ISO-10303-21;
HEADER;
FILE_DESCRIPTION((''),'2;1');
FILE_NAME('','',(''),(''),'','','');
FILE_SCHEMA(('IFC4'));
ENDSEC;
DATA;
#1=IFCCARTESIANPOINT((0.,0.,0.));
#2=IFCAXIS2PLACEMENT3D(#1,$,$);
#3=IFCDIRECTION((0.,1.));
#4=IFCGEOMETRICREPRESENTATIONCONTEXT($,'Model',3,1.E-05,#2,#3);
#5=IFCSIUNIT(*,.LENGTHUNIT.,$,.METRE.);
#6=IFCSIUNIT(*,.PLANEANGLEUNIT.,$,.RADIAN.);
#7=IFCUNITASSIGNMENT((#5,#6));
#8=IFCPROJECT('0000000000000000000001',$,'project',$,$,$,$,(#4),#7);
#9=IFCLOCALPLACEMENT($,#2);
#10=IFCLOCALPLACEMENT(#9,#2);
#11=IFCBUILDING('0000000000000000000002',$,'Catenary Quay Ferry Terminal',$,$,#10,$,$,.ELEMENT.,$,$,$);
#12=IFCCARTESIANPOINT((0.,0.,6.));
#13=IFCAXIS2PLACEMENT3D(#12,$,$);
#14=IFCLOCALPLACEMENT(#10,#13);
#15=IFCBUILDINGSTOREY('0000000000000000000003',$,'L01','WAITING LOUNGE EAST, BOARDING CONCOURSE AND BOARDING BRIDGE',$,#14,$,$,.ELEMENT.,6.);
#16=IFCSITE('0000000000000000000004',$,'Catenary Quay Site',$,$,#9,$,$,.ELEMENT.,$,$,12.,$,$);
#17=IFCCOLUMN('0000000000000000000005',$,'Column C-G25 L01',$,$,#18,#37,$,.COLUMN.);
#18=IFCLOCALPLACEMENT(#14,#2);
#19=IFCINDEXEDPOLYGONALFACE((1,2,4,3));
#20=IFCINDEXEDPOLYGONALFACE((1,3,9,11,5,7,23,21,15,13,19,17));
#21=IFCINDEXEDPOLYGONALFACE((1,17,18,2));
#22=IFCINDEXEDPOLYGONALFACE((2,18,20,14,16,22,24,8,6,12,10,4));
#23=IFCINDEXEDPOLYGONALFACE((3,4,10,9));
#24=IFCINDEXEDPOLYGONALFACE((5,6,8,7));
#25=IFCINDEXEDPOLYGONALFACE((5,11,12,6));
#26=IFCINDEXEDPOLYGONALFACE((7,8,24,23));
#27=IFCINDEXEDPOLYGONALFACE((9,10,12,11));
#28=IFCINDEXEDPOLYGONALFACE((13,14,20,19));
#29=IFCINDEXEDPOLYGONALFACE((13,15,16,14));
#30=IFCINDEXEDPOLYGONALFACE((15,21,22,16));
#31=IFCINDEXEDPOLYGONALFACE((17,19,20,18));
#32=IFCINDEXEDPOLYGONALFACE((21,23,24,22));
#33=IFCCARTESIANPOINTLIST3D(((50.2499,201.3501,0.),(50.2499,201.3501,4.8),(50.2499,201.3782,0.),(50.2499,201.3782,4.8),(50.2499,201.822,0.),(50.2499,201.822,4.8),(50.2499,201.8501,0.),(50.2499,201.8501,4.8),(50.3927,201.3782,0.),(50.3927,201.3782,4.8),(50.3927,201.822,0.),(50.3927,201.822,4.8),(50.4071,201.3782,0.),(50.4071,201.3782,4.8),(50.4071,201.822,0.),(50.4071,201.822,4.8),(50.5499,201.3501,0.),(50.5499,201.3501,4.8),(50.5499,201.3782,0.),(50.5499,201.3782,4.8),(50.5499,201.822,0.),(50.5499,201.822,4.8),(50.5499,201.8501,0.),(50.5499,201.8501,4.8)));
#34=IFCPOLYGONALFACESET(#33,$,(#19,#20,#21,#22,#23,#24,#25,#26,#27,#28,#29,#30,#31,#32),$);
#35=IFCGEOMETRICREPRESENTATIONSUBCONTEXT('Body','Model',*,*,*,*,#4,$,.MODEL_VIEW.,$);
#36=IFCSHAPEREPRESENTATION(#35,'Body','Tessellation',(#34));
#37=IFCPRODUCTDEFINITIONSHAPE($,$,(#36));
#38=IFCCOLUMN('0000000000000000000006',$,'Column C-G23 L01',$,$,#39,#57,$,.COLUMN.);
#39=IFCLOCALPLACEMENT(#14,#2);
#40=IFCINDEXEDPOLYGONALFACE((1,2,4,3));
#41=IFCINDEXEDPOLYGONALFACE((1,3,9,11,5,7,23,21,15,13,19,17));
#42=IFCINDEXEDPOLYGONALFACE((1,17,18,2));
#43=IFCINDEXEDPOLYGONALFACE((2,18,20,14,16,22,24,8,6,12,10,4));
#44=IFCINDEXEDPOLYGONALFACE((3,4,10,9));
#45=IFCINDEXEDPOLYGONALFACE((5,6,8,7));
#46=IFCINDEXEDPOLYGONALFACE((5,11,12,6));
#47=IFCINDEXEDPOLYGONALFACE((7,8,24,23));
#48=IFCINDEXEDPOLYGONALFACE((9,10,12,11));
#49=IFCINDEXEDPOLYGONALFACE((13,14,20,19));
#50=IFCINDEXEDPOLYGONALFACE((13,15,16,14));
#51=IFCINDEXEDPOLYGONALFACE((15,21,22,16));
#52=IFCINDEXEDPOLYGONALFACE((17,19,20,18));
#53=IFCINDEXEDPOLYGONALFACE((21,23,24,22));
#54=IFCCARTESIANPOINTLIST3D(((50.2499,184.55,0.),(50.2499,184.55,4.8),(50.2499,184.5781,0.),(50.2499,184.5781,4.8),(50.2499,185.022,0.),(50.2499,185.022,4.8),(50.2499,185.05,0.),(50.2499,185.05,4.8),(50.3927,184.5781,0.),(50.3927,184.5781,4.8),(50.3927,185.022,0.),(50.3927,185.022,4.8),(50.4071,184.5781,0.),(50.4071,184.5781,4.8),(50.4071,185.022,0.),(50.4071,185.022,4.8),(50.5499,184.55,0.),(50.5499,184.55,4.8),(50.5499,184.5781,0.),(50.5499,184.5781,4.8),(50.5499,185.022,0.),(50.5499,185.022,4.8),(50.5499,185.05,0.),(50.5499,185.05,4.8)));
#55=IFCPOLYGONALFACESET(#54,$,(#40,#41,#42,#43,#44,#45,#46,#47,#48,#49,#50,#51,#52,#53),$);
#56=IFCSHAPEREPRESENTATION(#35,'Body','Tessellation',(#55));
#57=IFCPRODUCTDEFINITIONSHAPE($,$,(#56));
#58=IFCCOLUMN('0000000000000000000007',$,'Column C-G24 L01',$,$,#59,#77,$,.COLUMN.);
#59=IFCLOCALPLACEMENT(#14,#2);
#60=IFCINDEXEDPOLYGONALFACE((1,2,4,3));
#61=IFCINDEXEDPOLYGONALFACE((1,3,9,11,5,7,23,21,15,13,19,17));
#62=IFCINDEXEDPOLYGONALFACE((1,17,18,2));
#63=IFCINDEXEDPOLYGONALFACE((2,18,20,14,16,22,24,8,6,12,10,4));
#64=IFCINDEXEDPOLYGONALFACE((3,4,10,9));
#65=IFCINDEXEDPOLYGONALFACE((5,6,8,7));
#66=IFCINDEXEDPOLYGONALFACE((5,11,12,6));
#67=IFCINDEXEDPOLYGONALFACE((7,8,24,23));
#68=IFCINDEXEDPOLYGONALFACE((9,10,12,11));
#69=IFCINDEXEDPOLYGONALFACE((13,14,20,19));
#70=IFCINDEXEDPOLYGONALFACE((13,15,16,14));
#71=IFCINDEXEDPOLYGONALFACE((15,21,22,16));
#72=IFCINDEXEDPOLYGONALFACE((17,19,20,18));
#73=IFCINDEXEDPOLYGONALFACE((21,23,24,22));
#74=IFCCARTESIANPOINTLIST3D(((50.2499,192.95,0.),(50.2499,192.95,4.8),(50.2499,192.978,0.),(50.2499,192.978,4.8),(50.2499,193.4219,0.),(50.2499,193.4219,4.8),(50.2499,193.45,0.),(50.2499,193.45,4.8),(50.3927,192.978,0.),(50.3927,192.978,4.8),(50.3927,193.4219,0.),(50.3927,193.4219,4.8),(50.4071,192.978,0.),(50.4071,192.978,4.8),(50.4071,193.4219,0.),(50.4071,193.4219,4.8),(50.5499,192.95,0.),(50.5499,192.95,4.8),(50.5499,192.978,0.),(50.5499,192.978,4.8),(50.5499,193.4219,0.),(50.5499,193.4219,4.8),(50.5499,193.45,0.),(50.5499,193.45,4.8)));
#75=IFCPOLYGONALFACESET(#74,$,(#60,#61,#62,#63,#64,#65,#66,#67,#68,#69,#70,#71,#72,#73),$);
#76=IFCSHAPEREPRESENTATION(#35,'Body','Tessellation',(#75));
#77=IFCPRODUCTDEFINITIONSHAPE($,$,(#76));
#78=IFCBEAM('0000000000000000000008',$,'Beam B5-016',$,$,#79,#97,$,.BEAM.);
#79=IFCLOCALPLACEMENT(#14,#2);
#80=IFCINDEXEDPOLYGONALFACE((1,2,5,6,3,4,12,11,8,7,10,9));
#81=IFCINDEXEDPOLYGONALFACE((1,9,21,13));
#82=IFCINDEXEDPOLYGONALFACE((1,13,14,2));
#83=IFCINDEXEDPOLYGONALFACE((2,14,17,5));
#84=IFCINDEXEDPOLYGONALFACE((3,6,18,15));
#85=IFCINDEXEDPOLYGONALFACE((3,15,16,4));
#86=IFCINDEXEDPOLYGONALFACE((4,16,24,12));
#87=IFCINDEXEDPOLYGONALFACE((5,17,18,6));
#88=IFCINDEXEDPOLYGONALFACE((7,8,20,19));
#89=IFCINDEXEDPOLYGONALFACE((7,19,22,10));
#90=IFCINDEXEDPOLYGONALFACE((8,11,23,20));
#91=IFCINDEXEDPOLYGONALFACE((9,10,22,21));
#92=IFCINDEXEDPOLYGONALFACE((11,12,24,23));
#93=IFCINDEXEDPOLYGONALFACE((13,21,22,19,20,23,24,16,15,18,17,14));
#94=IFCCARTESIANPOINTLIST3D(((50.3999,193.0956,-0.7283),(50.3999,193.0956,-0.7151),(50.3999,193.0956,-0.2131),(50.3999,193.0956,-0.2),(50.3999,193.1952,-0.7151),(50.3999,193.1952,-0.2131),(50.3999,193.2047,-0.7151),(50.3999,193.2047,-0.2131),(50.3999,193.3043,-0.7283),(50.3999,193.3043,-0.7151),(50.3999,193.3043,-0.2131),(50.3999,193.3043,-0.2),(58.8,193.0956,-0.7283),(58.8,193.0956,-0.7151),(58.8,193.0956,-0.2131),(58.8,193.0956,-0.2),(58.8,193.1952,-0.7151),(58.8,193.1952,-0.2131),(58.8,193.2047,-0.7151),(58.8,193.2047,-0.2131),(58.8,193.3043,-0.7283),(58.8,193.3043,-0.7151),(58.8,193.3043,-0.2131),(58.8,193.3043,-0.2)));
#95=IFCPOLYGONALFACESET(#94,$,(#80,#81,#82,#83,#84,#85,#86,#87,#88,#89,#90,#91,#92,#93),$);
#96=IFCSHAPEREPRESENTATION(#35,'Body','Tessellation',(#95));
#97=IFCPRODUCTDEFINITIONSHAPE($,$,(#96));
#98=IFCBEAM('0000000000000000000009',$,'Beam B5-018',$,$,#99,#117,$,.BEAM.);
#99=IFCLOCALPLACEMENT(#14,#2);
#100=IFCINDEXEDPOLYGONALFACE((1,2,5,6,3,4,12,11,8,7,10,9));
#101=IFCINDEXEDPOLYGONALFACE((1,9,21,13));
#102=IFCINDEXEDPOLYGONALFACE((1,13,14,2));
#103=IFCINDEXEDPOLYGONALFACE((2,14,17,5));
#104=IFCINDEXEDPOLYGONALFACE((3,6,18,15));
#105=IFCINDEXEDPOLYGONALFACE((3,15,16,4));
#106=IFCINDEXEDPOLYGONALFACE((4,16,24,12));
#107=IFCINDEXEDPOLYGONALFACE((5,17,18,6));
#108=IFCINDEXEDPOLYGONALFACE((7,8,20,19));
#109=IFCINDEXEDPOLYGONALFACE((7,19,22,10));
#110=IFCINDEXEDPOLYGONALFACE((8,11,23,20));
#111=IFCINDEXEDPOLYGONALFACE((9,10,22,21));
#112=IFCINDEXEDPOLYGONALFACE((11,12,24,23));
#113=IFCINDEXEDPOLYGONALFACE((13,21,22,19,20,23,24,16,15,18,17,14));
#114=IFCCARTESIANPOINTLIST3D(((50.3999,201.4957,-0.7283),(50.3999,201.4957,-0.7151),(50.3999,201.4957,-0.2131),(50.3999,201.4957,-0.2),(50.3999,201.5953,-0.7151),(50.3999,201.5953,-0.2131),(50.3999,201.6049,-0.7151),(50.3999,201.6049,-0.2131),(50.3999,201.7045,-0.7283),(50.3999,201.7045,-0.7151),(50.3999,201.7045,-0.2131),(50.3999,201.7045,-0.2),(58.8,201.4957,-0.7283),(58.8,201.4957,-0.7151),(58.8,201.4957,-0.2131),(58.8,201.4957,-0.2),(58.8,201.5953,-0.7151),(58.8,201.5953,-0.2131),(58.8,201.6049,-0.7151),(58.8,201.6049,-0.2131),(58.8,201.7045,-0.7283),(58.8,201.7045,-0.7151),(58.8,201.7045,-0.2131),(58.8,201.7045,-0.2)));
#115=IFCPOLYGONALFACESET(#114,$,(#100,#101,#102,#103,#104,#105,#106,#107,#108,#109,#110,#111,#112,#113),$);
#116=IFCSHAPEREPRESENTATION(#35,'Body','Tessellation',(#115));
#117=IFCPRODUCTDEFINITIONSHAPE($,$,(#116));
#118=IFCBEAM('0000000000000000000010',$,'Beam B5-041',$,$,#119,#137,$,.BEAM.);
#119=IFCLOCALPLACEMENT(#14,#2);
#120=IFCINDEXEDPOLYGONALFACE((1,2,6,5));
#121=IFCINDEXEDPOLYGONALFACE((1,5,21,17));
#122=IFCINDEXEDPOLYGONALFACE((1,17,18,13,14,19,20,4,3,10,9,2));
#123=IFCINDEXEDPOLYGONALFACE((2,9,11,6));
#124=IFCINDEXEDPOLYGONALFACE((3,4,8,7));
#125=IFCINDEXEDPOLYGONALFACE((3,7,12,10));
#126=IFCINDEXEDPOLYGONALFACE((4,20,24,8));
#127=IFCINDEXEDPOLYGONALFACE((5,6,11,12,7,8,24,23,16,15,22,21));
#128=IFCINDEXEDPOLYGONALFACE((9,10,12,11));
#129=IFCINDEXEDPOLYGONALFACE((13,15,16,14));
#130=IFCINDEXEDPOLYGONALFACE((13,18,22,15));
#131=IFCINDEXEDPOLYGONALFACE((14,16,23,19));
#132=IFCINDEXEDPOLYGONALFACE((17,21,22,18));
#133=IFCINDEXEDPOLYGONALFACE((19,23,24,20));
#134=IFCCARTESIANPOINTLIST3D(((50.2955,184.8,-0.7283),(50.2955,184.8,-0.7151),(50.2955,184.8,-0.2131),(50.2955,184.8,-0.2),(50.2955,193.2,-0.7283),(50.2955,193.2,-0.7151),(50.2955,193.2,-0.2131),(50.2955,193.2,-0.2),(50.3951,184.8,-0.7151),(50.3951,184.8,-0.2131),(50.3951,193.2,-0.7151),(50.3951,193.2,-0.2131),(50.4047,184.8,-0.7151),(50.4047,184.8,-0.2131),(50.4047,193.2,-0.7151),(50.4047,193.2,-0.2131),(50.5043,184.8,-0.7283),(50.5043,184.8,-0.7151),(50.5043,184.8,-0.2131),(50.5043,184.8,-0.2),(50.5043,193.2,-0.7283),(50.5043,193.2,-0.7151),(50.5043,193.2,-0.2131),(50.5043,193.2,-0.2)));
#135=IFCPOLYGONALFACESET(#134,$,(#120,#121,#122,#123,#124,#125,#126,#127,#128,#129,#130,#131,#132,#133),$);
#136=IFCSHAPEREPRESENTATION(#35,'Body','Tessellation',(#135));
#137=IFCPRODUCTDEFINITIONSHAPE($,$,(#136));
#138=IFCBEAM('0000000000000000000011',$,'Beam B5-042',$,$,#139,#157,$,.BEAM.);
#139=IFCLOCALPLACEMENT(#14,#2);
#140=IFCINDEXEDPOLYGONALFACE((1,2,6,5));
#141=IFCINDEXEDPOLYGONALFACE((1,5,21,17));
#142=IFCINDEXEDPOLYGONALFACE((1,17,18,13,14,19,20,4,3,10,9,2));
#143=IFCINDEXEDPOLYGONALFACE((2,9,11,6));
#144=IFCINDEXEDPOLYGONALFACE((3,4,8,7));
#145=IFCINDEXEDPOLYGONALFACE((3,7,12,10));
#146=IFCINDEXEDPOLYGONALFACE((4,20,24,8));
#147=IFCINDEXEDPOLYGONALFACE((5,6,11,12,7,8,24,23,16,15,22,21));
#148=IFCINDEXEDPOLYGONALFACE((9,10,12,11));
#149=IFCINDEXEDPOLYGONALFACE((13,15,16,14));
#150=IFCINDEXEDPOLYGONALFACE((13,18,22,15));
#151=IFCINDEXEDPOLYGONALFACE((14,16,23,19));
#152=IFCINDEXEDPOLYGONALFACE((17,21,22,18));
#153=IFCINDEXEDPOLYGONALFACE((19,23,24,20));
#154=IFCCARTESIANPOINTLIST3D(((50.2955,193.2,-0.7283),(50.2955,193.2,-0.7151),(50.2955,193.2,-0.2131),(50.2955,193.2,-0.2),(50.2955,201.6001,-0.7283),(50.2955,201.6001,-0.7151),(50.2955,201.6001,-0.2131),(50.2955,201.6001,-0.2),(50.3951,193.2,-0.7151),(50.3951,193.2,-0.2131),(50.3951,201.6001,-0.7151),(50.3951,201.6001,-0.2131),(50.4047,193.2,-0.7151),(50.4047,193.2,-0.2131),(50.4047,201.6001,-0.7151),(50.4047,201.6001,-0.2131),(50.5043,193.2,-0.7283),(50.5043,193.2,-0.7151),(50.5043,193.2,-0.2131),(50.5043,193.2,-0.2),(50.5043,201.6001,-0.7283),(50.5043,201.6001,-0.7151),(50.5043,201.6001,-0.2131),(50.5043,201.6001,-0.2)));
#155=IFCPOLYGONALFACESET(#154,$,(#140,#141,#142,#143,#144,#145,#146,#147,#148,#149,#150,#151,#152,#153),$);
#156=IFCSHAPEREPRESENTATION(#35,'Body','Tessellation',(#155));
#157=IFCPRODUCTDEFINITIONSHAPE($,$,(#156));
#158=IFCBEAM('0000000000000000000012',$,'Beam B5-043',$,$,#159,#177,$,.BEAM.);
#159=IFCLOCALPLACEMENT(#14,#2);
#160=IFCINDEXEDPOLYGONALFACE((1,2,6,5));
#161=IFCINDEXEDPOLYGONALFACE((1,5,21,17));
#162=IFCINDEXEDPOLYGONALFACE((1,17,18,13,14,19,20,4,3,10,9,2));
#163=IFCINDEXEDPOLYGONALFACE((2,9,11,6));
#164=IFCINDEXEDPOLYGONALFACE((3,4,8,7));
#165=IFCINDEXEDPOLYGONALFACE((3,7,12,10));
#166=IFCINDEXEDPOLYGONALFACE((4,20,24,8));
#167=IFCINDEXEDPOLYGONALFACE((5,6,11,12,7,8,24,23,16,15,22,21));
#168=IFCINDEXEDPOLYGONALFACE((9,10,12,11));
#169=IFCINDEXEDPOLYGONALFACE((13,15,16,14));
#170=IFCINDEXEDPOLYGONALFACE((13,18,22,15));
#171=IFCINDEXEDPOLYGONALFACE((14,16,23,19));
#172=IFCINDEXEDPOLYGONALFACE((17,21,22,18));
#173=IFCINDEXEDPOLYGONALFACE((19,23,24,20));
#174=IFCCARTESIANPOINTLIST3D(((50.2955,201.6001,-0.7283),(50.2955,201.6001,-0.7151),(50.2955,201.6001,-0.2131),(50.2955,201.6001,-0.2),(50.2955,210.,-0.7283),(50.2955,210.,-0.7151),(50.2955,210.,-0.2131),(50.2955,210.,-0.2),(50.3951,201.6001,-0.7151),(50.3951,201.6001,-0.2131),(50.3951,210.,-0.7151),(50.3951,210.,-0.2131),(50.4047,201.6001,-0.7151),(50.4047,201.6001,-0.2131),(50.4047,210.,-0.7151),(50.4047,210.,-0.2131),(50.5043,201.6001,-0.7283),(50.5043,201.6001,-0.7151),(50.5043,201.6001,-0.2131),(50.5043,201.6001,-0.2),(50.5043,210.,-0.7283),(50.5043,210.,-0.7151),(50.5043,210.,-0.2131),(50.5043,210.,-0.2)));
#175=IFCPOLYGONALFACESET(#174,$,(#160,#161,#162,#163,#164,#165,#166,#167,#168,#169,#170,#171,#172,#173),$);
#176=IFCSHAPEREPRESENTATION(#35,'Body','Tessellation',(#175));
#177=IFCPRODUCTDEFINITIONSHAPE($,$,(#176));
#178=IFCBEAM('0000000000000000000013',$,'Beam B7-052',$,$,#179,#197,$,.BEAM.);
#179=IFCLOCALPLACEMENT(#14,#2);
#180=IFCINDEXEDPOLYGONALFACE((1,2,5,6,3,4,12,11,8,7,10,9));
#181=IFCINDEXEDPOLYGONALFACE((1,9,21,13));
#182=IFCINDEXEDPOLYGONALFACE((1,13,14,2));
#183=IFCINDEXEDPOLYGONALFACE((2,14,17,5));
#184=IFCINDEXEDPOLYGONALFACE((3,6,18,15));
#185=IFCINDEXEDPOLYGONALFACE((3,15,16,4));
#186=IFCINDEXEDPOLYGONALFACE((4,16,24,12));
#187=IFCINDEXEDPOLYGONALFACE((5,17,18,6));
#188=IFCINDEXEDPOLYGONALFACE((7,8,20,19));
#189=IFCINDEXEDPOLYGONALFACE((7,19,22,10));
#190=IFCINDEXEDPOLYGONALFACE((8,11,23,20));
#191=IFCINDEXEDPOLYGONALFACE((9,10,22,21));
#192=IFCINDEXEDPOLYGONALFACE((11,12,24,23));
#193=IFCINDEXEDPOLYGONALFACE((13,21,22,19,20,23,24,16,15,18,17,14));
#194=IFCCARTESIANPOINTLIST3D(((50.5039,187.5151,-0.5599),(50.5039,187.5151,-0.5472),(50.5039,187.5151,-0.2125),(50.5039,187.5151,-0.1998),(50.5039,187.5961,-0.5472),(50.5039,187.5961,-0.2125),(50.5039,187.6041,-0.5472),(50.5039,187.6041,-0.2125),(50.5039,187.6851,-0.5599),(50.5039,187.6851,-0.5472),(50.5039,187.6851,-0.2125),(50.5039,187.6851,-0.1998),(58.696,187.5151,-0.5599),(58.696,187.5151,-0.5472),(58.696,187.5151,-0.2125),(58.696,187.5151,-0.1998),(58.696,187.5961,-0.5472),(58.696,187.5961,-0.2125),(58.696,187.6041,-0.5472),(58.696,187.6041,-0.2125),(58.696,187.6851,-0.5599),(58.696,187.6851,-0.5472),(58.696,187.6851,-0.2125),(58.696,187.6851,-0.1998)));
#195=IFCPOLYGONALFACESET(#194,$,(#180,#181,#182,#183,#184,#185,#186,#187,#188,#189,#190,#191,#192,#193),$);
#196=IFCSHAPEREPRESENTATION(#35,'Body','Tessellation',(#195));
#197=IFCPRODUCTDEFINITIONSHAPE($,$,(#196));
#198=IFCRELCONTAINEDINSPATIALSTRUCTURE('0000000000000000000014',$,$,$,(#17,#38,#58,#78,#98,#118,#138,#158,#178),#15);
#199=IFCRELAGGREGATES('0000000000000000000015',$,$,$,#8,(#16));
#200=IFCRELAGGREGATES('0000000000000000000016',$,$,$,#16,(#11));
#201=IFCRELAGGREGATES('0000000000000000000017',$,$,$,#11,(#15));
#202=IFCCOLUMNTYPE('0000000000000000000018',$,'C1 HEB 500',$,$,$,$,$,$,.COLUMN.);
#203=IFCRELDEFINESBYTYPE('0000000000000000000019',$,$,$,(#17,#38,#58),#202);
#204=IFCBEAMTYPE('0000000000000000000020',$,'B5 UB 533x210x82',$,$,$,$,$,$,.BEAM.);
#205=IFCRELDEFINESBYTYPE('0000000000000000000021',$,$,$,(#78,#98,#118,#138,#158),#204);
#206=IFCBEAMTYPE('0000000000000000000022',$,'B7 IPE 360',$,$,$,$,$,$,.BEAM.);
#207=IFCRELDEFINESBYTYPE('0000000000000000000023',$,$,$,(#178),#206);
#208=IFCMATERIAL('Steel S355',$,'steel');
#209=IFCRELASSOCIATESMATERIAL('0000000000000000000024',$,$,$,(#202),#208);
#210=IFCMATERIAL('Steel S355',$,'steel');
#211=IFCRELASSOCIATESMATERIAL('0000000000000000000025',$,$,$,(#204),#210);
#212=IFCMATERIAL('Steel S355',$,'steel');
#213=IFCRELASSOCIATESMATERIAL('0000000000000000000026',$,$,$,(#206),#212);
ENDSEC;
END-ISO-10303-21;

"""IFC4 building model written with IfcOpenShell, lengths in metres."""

from ifc_helpers import new_model, si_unit, direction, frame, origin, origin_2d, place, context, subcontext, project, spatial, i_section, extrude, material, material_profile, profile_set, type_object, element, save


model = new_model("IFC4")

# Units and contexts
model_context = context("Model", 3, precision=1e-05, world=origin(), true_north=direction((0.0, 1.0)))
body_context = subcontext(model_context, "Body", "Model", "MODEL_VIEW")
ifc_project = project(units=[si_unit("LENGTHUNIT", "METRE"), si_unit("PLANEANGLEUNIT", "RADIAN")], contexts=[model_context])

# Site, building, storey
site_placement = place(None, origin())
site = spatial("IfcSite", under=ifc_project, at=site_placement, Name="Catenary Quay Site", CompositionType="ELEMENT", RefElevation=12.0)
building_placement = place(site_placement, origin())
building = spatial("IfcBuilding", under=site, at=building_placement, Name="Catenary Quay Ferry Terminal", CompositionType="ELEMENT")
storey_placement = place(building_placement, frame((0.0, 0.0, 6.0)))
storey = spatial("IfcBuildingStorey", under=building, at=storey_placement, Name="L01", Description="WAITING LOUNGE EAST, BOARDING CONCOURSE AND BOARDING BRIDGE", CompositionType="ELEMENT", Elevation=6.0)

# Columns
ifc_material_1 = material(Name="Steel S355", Category="steel")
ifc_material_profile_1 = material_profile(ifc_material_1, i_section(OverallWidth=0.3, OverallDepth=0.5, WebThickness=0.0144, FlangeThickness=0.0281, at=origin_2d()), Name="HEB 500")
ifc_profile_set_1 = profile_set([ifc_material_profile_1], Name="Steel S355")
column_type = type_object("IfcColumnType", Name="C1 HEB 500", PredefinedType="COLUMN", material=ifc_profile_set_1)
for number, where, z_axis, x_axis, name in (
    (1, (50.3999, 201.6001, 0.0), (0.0, 0.0, 1.0), (1.0, 0.0, 0.0), "Column C-G25 L01"),
    (2, (50.3999, 184.8, 0.0), (0.0, 0.0, 1.0), (1.0, 0.0, 0.0), "Column C-G23 L01"),
    (3, (50.3999, 193.2, 0.0), (0.0, 0.0, 1.0), (1.0, 0.0, 0.0), "Column C-G24 L01"),
):
    element("IfcColumn", number, at=place(storey_placement, frame(where, z_axis=z_axis, x_axis=x_axis)), inside=storey, type_object=column_type, Name=name, PredefinedType="COLUMN", context=body_context, shape_type="SweptSolid", body=[
        extrude(i_section(OverallWidth=0.3, OverallDepth=0.5, WebThickness=0.0144, FlangeThickness=0.0281, at=origin_2d()), origin(), (0.0, 0.0, 1.0), 4.8),
    ])

# Beams
ifc_material_2 = material(Name="Steel S355", Category="steel")
ifc_material_profile_2 = material_profile(ifc_material_2, i_section(OverallWidth=0.2087, OverallDepth=0.5283, WebThickness=0.0095, FlangeThickness=0.0132, at=origin_2d()), Name="UB 533x210x82")
ifc_profile_set_2 = profile_set([ifc_material_profile_2], Name="Steel S355")
beam_type_1 = type_object("IfcBeamType", Name="B5 UB 533x210x82", PredefinedType="BEAM", material=ifc_profile_set_2)
for number, where, z_axis, x_axis, name in (
    (4, (50.3999, 193.2, -0.4641), (1.0, 0.0, 0.0), (0.0, 1.0, 0.0), "Beam B5-016"),
    (5, (50.3999, 201.6001, -0.4641), (1.0, 0.0, 0.0), (0.0, 1.0, 0.0), "Beam B5-018"),
):
    element("IfcBeam", number, at=place(storey_placement, frame(where, z_axis=z_axis, x_axis=x_axis)), inside=storey, type_object=beam_type_1, Name=name, PredefinedType="BEAM", context=body_context, shape_type="SweptSolid", body=[
        extrude(i_section(OverallWidth=0.2087, OverallDepth=0.5283, WebThickness=0.0095, FlangeThickness=0.0132, at=origin_2d()), origin(), (0.0, 0.0, 1.0), 8.4001),
    ])
beam_1_placement = place(storey_placement, frame((50.3999, 184.8, -0.4641), z_axis=(0.0, 1.0, 0.0), x_axis=(-1.0, 0.0, 0.0)))
element("IfcBeam", 6, at=beam_1_placement, inside=storey, type_object=beam_type_1, Name="Beam B5-041", PredefinedType="BEAM", context=body_context, shape_type="SweptSolid", body=[
    extrude(i_section(OverallWidth=0.2087, OverallDepth=0.5283, WebThickness=0.0095, FlangeThickness=0.0132, at=origin_2d()), origin(), (0.0, 0.0, 1.0), 8.3999),
])
beam_2_placement = place(storey_placement, frame((50.3999, 193.2, -0.4641), z_axis=(0.0, 1.0, 0.0), x_axis=(-1.0, 0.0, 0.0)))
element("IfcBeam", 7, at=beam_2_placement, inside=storey, type_object=beam_type_1, Name="Beam B5-042", PredefinedType="BEAM", context=body_context, shape_type="SweptSolid", body=[
    extrude(i_section(OverallWidth=0.2087, OverallDepth=0.5283, WebThickness=0.0095, FlangeThickness=0.0132, at=origin_2d()), origin(), (0.0, 0.0, 1.0), 8.4001),
])
beam_3_placement = place(storey_placement, frame((50.3999, 201.6001, -0.4641), z_axis=(0.0, 1.0, 0.0), x_axis=(-1.0, 0.0, 0.0)))
element("IfcBeam", 8, at=beam_3_placement, inside=storey, type_object=beam_type_1, Name="Beam B5-043", PredefinedType="BEAM", context=body_context, shape_type="SweptSolid", body=[
    extrude(i_section(OverallWidth=0.2087, OverallDepth=0.5283, WebThickness=0.0095, FlangeThickness=0.0132, at=origin_2d()), origin(), (0.0, 0.0, 1.0), 8.3999),
])
ifc_material_3 = material(Name="Steel S355", Category="steel")
ifc_material_profile_3 = material_profile(ifc_material_3, i_section(OverallWidth=0.1699, OverallDepth=0.3601, WebThickness=0.0081, FlangeThickness=0.0127, at=origin_2d()), Name="IPE 360")
ifc_profile_set_3 = profile_set([ifc_material_profile_3], Name="Steel S355")
beam_type_2 = type_object("IfcBeamType", Name="B7 IPE 360", PredefinedType="BEAM", material=ifc_profile_set_3)
for number, where, z_axis, x_axis, name in (
    (9, (50.5039, 187.6001, -0.3799), (1.0, 0.0, 0.0), (0.0, 1.0, 0.0), "Beam B7-052"),
):
    element("IfcBeam", number, at=place(storey_placement, frame(where, z_axis=z_axis, x_axis=x_axis)), inside=storey, type_object=beam_type_2, Name=name, PredefinedType="BEAM", context=body_context, shape_type="SweptSolid", body=[
        extrude(i_section(OverallWidth=0.1699, OverallDepth=0.3601, WebThickness=0.0081, FlangeThickness=0.0127, at=origin_2d()), origin(), (0.0, 0.0, 1.0), 8.1921),
    ])

save(model, "model.ifc")
